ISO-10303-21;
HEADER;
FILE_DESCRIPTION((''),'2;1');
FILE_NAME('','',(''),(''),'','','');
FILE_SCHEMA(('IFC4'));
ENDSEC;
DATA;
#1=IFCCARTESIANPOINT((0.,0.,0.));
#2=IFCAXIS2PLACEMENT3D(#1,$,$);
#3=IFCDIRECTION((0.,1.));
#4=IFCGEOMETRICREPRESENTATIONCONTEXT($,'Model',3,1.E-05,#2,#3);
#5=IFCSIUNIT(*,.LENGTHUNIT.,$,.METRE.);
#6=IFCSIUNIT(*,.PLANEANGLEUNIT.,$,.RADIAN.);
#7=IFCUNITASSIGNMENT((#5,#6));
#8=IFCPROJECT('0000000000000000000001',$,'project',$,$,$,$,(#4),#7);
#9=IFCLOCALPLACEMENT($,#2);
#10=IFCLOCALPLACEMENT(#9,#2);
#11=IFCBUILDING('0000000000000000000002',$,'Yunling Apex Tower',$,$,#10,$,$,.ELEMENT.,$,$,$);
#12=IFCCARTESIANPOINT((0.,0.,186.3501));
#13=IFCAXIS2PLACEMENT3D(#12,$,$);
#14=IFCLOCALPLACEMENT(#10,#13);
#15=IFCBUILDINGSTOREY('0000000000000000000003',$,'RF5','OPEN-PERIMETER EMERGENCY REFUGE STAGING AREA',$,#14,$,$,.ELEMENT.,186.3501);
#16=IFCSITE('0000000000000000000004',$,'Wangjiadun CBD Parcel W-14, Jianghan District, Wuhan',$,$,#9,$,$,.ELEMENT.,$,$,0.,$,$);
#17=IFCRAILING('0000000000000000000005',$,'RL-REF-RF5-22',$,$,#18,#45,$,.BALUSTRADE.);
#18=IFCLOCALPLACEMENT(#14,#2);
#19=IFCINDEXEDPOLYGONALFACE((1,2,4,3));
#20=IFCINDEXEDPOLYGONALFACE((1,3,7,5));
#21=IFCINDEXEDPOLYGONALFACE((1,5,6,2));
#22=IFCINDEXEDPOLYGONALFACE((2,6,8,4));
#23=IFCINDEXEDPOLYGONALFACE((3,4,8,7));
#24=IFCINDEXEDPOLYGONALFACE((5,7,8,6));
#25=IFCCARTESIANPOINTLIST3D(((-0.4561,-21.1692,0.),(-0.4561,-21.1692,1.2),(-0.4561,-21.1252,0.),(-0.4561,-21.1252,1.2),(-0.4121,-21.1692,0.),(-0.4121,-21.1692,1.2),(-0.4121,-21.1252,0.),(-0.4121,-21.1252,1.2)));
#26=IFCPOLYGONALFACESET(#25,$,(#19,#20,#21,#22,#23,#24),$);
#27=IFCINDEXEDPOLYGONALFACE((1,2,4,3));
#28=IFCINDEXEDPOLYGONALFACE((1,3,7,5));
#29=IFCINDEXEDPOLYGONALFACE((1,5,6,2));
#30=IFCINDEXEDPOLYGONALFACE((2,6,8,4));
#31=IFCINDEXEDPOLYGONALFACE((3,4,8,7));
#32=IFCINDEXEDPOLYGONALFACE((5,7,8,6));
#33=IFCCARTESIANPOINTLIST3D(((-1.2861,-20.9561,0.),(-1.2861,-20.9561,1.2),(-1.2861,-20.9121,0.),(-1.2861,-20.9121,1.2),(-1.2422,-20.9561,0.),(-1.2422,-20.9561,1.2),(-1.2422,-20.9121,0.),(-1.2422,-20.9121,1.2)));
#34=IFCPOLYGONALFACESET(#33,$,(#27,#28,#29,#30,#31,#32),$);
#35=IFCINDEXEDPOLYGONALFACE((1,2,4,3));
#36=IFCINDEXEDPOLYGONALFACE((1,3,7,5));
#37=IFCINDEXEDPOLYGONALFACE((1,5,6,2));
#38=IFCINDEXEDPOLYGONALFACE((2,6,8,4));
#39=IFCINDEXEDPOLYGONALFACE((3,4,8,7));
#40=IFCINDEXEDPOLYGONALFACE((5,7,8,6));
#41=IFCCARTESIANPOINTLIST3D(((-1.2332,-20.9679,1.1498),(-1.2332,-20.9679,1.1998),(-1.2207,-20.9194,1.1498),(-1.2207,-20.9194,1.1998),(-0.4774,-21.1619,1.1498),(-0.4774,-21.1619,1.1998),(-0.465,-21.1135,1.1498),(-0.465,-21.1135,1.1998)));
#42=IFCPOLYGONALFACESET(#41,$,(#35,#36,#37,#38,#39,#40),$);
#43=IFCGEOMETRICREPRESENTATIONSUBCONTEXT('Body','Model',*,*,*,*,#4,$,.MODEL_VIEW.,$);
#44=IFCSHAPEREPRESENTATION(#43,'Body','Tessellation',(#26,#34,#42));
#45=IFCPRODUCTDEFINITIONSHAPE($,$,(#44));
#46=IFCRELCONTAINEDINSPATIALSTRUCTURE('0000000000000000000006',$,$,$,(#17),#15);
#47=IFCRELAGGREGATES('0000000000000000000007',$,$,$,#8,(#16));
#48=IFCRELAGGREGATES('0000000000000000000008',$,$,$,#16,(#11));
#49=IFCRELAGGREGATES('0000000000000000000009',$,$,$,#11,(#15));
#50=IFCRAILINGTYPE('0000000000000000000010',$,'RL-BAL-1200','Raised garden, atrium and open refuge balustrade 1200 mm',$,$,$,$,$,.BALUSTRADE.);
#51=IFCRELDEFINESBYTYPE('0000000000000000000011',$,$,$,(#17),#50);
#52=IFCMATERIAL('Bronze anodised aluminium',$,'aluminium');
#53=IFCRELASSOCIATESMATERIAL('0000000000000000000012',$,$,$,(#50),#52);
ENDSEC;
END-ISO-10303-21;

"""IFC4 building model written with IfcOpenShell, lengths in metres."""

from ifc_helpers import new_model, si_unit, direction, frame, origin, origin_2d, place, context, subcontext, project, spatial, rectangle, extrude, material, type_object, element, save


model = new_model("IFC4")

# Units and contexts
model_context = context("Model", 3, precision=1e-05, world=origin(), true_north=direction((0.0, 1.0)))
body_context = subcontext(model_context, "Body", "Model", "MODEL_VIEW")
ifc_project = project(units=[si_unit("LENGTHUNIT", "METRE"), si_unit("PLANEANGLEUNIT", "RADIAN")], contexts=[model_context])

# Site, building, storey
site_placement = place(None, origin())
site = spatial("IfcSite", under=ifc_project, at=site_placement, Name="Wangjiadun CBD Parcel W-14, Jianghan District, Wuhan", CompositionType="ELEMENT", RefElevation=0.0)
building_placement = place(site_placement, origin())
building = spatial("IfcBuilding", under=site, at=building_placement, Name="Yunling Apex Tower", CompositionType="ELEMENT")
storey_placement = place(building_placement, frame((0.0, 0.0, 186.3501)))
storey = spatial("IfcBuildingStorey", under=building, at=storey_placement, Name="RF5", Description="OPEN-PERIMETER EMERGENCY REFUGE STAGING AREA", CompositionType="ELEMENT", Elevation=186.3501)

# Railing
ifc_material_1 = material(Name="Bronze anodised aluminium", Category="aluminium")
railing_type = type_object("IfcRailingType", Name="RL-BAL-1200", Description="Raised garden, atrium and open refuge balustrade 1200 mm", PredefinedType="BALUSTRADE", material=ifc_material_1)
railing_1_placement = place(storey_placement, frame((-0.4341, -21.1472, 0.0)))
element("IfcRailing", 1, at=railing_1_placement, inside=storey, type_object=railing_type, Name="RL-REF-RF5-22", PredefinedType="BALUSTRADE", context=body_context, shape_type="SweptSolid", body=[
    extrude(rectangle(XDim=0.0439, YDim=0.0439, at=origin_2d()), origin(), (0.0, 0.0, 1.0), 1.2),
    extrude(rectangle(XDim=0.0439, YDim=0.0439, at=origin_2d()), frame((-0.8301, 0.2131, 0.0)), (0.0, 0.0, 1.0), 1.2),
    extrude(rectangle(XDim=0.05, YDim=0.05, at=origin_2d()), frame((-0.0371, 0.0095, 1.1748), z_axis=(-0.968581, 0.248697, 0.0), x_axis=(-0.248697, -0.968581, 0.0)), (0.0, 0.0, 1.0), 0.7803),
])

save(model, "model.ifc")
